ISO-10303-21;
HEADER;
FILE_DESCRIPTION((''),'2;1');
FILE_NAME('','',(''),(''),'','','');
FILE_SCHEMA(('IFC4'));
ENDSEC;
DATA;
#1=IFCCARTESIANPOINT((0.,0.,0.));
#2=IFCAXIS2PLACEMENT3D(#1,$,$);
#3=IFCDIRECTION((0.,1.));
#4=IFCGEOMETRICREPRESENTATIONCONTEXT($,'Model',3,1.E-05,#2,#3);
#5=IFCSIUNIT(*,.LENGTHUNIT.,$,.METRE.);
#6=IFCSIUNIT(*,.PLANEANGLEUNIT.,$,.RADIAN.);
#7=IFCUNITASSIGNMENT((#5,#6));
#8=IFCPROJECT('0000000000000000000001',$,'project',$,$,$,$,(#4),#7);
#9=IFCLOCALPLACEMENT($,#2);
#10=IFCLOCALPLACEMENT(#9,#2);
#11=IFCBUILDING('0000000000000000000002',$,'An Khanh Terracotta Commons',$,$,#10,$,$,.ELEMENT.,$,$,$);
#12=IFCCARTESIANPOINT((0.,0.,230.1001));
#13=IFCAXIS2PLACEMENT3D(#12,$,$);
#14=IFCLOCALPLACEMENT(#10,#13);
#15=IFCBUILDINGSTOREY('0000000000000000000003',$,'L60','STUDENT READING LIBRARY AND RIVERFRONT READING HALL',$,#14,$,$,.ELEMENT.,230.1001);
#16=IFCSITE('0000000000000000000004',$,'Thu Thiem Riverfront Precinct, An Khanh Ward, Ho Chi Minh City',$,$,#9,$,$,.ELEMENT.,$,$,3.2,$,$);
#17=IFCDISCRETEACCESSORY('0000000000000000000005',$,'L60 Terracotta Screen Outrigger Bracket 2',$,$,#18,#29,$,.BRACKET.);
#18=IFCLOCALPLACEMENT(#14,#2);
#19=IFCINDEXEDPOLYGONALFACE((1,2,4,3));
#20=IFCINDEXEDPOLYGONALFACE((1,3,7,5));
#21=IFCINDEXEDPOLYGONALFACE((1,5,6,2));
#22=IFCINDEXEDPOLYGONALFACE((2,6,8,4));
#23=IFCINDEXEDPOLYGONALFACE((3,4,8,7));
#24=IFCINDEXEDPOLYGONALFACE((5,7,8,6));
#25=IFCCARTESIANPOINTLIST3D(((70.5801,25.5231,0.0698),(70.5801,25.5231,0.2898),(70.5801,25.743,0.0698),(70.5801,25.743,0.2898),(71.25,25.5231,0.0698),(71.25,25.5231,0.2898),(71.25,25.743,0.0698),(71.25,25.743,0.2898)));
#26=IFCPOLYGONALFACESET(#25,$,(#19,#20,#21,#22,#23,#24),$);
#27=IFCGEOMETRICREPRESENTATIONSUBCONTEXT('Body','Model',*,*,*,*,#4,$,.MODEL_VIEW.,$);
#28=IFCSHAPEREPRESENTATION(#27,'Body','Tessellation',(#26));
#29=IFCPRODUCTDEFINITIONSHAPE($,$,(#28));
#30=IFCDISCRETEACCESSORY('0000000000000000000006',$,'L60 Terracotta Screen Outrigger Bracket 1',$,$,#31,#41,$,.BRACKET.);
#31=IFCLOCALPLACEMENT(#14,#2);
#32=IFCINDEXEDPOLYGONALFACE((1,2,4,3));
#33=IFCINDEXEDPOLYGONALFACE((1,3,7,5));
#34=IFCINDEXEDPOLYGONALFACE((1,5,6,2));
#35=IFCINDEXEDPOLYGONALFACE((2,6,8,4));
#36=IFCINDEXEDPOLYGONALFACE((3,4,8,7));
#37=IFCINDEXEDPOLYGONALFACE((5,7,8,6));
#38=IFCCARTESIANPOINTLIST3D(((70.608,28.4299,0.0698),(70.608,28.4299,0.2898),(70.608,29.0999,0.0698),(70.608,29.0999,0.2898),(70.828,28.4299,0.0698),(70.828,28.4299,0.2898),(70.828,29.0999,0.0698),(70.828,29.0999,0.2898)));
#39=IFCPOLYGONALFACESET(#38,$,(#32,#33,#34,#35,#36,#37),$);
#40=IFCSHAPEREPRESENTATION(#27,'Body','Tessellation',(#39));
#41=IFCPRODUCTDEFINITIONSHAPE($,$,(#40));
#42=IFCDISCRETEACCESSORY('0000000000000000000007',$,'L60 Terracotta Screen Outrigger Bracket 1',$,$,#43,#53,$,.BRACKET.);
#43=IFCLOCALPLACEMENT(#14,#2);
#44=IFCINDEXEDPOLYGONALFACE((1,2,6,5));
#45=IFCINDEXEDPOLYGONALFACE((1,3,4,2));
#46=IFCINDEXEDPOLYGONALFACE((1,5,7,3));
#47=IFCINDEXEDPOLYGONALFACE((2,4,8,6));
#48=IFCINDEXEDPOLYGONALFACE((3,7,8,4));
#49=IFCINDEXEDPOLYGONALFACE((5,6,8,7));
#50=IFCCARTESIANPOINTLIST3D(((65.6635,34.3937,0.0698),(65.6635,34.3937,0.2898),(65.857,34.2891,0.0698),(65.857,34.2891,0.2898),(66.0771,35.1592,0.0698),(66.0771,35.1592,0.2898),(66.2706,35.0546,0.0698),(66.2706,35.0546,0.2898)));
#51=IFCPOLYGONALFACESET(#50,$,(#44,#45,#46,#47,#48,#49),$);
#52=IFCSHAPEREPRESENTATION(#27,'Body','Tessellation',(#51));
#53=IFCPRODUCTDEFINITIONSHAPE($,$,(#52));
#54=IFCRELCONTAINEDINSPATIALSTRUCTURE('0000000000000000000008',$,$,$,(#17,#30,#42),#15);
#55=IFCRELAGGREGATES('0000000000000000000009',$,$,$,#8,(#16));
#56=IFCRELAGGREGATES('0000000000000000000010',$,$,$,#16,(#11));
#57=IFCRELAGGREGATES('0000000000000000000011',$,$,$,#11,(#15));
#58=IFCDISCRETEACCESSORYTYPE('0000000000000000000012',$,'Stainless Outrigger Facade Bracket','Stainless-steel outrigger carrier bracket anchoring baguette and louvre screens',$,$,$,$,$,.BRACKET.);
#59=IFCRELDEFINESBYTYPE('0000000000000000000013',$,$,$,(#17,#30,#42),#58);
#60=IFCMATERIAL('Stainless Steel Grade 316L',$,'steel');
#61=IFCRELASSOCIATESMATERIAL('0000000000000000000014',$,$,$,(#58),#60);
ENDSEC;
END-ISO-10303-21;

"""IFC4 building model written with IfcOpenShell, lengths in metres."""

from ifc_helpers import new_model, si_unit, direction, frame, origin, origin_2d, place, context, subcontext, project, spatial, rectangle, extrude, material, type_object, element, save


model = new_model("IFC4")

# Units and contexts
model_context = context("Model", 3, precision=1e-05, world=origin(), true_north=direction((0.0, 1.0)))
body_context = subcontext(model_context, "Body", "Model", "MODEL_VIEW")
ifc_project = project(units=[si_unit("LENGTHUNIT", "METRE"), si_unit("PLANEANGLEUNIT", "RADIAN")], contexts=[model_context])

# Site, building, storey
site_placement = place(None, origin())
site = spatial("IfcSite", under=ifc_project, at=site_placement, Name="Thu Thiem Riverfront Precinct, An Khanh Ward, Ho Chi Minh City", CompositionType="ELEMENT", RefElevation=3.2)
building_placement = place(site_placement, origin())
building = spatial("IfcBuilding", under=site, at=building_placement, Name="An Khanh Terracotta Commons", CompositionType="ELEMENT")
storey_placement = place(building_placement, frame((0.0, 0.0, 230.1001)))
storey = spatial("IfcBuildingStorey", under=building, at=storey_placement, Name="L60", Description="STUDENT READING LIBRARY AND RIVERFRONT READING HALL", CompositionType="ELEMENT", Elevation=230.1001)

# Discrete accessories
ifc_material_1 = material(Name="Stainless Steel Grade 316L", Category="steel")
discrete_accessory_type = type_object("IfcDiscreteAccessoryType", Name="Stainless Outrigger Facade Bracket", Description="Stainless-steel outrigger carrier bracket anchoring baguette and louvre screens", PredefinedType="BRACKET", material=ifc_material_1)
for number, where, z_axis, x_axis, name in (
    (1, (70.915, 25.6331, 0.0698), (0.0, 0.0, 1.0), (0.0, 1.0, 0.0), "L60 Terracotta Screen Outrigger Bracket 2"),
    (2, (70.718, 28.7649, 0.0698), (0.0, 0.0, 1.0), (-1.0, 0.0, 0.0), "L60 Terracotta Screen Outrigger Bracket 1"),
):
    element("IfcDiscreteAccessory", number, at=place(storey_placement, frame(where, z_axis=z_axis, x_axis=x_axis)), inside=storey, type_object=discrete_accessory_type, Name=name, PredefinedType="BRACKET", context=body_context, shape_type="SweptSolid", body=[
        extrude(rectangle(XDim=0.22, YDim=0.6699, at=origin_2d()), origin(), (0.0, 0.0, 1.0), 0.22),
    ])
discrete_accessory_placement = place(storey_placement, frame((65.967, 34.7241, 0.0698), z_axis=(0.0, 0.0, 1.0), x_axis=(-0.87978, 0.475381, 0.0)))
element("IfcDiscreteAccessory", 3, at=discrete_accessory_placement, inside=storey, type_object=discrete_accessory_type, Name="L60 Terracotta Screen Outrigger Bracket 1", PredefinedType="BRACKET", context=body_context, shape_type="SweptSolid", body=[
    extrude(rectangle(XDim=0.22, YDim=0.8701, at=origin_2d()), origin(), (0.0, 0.0, 1.0), 0.22),
])

save(model, "model.ifc")
